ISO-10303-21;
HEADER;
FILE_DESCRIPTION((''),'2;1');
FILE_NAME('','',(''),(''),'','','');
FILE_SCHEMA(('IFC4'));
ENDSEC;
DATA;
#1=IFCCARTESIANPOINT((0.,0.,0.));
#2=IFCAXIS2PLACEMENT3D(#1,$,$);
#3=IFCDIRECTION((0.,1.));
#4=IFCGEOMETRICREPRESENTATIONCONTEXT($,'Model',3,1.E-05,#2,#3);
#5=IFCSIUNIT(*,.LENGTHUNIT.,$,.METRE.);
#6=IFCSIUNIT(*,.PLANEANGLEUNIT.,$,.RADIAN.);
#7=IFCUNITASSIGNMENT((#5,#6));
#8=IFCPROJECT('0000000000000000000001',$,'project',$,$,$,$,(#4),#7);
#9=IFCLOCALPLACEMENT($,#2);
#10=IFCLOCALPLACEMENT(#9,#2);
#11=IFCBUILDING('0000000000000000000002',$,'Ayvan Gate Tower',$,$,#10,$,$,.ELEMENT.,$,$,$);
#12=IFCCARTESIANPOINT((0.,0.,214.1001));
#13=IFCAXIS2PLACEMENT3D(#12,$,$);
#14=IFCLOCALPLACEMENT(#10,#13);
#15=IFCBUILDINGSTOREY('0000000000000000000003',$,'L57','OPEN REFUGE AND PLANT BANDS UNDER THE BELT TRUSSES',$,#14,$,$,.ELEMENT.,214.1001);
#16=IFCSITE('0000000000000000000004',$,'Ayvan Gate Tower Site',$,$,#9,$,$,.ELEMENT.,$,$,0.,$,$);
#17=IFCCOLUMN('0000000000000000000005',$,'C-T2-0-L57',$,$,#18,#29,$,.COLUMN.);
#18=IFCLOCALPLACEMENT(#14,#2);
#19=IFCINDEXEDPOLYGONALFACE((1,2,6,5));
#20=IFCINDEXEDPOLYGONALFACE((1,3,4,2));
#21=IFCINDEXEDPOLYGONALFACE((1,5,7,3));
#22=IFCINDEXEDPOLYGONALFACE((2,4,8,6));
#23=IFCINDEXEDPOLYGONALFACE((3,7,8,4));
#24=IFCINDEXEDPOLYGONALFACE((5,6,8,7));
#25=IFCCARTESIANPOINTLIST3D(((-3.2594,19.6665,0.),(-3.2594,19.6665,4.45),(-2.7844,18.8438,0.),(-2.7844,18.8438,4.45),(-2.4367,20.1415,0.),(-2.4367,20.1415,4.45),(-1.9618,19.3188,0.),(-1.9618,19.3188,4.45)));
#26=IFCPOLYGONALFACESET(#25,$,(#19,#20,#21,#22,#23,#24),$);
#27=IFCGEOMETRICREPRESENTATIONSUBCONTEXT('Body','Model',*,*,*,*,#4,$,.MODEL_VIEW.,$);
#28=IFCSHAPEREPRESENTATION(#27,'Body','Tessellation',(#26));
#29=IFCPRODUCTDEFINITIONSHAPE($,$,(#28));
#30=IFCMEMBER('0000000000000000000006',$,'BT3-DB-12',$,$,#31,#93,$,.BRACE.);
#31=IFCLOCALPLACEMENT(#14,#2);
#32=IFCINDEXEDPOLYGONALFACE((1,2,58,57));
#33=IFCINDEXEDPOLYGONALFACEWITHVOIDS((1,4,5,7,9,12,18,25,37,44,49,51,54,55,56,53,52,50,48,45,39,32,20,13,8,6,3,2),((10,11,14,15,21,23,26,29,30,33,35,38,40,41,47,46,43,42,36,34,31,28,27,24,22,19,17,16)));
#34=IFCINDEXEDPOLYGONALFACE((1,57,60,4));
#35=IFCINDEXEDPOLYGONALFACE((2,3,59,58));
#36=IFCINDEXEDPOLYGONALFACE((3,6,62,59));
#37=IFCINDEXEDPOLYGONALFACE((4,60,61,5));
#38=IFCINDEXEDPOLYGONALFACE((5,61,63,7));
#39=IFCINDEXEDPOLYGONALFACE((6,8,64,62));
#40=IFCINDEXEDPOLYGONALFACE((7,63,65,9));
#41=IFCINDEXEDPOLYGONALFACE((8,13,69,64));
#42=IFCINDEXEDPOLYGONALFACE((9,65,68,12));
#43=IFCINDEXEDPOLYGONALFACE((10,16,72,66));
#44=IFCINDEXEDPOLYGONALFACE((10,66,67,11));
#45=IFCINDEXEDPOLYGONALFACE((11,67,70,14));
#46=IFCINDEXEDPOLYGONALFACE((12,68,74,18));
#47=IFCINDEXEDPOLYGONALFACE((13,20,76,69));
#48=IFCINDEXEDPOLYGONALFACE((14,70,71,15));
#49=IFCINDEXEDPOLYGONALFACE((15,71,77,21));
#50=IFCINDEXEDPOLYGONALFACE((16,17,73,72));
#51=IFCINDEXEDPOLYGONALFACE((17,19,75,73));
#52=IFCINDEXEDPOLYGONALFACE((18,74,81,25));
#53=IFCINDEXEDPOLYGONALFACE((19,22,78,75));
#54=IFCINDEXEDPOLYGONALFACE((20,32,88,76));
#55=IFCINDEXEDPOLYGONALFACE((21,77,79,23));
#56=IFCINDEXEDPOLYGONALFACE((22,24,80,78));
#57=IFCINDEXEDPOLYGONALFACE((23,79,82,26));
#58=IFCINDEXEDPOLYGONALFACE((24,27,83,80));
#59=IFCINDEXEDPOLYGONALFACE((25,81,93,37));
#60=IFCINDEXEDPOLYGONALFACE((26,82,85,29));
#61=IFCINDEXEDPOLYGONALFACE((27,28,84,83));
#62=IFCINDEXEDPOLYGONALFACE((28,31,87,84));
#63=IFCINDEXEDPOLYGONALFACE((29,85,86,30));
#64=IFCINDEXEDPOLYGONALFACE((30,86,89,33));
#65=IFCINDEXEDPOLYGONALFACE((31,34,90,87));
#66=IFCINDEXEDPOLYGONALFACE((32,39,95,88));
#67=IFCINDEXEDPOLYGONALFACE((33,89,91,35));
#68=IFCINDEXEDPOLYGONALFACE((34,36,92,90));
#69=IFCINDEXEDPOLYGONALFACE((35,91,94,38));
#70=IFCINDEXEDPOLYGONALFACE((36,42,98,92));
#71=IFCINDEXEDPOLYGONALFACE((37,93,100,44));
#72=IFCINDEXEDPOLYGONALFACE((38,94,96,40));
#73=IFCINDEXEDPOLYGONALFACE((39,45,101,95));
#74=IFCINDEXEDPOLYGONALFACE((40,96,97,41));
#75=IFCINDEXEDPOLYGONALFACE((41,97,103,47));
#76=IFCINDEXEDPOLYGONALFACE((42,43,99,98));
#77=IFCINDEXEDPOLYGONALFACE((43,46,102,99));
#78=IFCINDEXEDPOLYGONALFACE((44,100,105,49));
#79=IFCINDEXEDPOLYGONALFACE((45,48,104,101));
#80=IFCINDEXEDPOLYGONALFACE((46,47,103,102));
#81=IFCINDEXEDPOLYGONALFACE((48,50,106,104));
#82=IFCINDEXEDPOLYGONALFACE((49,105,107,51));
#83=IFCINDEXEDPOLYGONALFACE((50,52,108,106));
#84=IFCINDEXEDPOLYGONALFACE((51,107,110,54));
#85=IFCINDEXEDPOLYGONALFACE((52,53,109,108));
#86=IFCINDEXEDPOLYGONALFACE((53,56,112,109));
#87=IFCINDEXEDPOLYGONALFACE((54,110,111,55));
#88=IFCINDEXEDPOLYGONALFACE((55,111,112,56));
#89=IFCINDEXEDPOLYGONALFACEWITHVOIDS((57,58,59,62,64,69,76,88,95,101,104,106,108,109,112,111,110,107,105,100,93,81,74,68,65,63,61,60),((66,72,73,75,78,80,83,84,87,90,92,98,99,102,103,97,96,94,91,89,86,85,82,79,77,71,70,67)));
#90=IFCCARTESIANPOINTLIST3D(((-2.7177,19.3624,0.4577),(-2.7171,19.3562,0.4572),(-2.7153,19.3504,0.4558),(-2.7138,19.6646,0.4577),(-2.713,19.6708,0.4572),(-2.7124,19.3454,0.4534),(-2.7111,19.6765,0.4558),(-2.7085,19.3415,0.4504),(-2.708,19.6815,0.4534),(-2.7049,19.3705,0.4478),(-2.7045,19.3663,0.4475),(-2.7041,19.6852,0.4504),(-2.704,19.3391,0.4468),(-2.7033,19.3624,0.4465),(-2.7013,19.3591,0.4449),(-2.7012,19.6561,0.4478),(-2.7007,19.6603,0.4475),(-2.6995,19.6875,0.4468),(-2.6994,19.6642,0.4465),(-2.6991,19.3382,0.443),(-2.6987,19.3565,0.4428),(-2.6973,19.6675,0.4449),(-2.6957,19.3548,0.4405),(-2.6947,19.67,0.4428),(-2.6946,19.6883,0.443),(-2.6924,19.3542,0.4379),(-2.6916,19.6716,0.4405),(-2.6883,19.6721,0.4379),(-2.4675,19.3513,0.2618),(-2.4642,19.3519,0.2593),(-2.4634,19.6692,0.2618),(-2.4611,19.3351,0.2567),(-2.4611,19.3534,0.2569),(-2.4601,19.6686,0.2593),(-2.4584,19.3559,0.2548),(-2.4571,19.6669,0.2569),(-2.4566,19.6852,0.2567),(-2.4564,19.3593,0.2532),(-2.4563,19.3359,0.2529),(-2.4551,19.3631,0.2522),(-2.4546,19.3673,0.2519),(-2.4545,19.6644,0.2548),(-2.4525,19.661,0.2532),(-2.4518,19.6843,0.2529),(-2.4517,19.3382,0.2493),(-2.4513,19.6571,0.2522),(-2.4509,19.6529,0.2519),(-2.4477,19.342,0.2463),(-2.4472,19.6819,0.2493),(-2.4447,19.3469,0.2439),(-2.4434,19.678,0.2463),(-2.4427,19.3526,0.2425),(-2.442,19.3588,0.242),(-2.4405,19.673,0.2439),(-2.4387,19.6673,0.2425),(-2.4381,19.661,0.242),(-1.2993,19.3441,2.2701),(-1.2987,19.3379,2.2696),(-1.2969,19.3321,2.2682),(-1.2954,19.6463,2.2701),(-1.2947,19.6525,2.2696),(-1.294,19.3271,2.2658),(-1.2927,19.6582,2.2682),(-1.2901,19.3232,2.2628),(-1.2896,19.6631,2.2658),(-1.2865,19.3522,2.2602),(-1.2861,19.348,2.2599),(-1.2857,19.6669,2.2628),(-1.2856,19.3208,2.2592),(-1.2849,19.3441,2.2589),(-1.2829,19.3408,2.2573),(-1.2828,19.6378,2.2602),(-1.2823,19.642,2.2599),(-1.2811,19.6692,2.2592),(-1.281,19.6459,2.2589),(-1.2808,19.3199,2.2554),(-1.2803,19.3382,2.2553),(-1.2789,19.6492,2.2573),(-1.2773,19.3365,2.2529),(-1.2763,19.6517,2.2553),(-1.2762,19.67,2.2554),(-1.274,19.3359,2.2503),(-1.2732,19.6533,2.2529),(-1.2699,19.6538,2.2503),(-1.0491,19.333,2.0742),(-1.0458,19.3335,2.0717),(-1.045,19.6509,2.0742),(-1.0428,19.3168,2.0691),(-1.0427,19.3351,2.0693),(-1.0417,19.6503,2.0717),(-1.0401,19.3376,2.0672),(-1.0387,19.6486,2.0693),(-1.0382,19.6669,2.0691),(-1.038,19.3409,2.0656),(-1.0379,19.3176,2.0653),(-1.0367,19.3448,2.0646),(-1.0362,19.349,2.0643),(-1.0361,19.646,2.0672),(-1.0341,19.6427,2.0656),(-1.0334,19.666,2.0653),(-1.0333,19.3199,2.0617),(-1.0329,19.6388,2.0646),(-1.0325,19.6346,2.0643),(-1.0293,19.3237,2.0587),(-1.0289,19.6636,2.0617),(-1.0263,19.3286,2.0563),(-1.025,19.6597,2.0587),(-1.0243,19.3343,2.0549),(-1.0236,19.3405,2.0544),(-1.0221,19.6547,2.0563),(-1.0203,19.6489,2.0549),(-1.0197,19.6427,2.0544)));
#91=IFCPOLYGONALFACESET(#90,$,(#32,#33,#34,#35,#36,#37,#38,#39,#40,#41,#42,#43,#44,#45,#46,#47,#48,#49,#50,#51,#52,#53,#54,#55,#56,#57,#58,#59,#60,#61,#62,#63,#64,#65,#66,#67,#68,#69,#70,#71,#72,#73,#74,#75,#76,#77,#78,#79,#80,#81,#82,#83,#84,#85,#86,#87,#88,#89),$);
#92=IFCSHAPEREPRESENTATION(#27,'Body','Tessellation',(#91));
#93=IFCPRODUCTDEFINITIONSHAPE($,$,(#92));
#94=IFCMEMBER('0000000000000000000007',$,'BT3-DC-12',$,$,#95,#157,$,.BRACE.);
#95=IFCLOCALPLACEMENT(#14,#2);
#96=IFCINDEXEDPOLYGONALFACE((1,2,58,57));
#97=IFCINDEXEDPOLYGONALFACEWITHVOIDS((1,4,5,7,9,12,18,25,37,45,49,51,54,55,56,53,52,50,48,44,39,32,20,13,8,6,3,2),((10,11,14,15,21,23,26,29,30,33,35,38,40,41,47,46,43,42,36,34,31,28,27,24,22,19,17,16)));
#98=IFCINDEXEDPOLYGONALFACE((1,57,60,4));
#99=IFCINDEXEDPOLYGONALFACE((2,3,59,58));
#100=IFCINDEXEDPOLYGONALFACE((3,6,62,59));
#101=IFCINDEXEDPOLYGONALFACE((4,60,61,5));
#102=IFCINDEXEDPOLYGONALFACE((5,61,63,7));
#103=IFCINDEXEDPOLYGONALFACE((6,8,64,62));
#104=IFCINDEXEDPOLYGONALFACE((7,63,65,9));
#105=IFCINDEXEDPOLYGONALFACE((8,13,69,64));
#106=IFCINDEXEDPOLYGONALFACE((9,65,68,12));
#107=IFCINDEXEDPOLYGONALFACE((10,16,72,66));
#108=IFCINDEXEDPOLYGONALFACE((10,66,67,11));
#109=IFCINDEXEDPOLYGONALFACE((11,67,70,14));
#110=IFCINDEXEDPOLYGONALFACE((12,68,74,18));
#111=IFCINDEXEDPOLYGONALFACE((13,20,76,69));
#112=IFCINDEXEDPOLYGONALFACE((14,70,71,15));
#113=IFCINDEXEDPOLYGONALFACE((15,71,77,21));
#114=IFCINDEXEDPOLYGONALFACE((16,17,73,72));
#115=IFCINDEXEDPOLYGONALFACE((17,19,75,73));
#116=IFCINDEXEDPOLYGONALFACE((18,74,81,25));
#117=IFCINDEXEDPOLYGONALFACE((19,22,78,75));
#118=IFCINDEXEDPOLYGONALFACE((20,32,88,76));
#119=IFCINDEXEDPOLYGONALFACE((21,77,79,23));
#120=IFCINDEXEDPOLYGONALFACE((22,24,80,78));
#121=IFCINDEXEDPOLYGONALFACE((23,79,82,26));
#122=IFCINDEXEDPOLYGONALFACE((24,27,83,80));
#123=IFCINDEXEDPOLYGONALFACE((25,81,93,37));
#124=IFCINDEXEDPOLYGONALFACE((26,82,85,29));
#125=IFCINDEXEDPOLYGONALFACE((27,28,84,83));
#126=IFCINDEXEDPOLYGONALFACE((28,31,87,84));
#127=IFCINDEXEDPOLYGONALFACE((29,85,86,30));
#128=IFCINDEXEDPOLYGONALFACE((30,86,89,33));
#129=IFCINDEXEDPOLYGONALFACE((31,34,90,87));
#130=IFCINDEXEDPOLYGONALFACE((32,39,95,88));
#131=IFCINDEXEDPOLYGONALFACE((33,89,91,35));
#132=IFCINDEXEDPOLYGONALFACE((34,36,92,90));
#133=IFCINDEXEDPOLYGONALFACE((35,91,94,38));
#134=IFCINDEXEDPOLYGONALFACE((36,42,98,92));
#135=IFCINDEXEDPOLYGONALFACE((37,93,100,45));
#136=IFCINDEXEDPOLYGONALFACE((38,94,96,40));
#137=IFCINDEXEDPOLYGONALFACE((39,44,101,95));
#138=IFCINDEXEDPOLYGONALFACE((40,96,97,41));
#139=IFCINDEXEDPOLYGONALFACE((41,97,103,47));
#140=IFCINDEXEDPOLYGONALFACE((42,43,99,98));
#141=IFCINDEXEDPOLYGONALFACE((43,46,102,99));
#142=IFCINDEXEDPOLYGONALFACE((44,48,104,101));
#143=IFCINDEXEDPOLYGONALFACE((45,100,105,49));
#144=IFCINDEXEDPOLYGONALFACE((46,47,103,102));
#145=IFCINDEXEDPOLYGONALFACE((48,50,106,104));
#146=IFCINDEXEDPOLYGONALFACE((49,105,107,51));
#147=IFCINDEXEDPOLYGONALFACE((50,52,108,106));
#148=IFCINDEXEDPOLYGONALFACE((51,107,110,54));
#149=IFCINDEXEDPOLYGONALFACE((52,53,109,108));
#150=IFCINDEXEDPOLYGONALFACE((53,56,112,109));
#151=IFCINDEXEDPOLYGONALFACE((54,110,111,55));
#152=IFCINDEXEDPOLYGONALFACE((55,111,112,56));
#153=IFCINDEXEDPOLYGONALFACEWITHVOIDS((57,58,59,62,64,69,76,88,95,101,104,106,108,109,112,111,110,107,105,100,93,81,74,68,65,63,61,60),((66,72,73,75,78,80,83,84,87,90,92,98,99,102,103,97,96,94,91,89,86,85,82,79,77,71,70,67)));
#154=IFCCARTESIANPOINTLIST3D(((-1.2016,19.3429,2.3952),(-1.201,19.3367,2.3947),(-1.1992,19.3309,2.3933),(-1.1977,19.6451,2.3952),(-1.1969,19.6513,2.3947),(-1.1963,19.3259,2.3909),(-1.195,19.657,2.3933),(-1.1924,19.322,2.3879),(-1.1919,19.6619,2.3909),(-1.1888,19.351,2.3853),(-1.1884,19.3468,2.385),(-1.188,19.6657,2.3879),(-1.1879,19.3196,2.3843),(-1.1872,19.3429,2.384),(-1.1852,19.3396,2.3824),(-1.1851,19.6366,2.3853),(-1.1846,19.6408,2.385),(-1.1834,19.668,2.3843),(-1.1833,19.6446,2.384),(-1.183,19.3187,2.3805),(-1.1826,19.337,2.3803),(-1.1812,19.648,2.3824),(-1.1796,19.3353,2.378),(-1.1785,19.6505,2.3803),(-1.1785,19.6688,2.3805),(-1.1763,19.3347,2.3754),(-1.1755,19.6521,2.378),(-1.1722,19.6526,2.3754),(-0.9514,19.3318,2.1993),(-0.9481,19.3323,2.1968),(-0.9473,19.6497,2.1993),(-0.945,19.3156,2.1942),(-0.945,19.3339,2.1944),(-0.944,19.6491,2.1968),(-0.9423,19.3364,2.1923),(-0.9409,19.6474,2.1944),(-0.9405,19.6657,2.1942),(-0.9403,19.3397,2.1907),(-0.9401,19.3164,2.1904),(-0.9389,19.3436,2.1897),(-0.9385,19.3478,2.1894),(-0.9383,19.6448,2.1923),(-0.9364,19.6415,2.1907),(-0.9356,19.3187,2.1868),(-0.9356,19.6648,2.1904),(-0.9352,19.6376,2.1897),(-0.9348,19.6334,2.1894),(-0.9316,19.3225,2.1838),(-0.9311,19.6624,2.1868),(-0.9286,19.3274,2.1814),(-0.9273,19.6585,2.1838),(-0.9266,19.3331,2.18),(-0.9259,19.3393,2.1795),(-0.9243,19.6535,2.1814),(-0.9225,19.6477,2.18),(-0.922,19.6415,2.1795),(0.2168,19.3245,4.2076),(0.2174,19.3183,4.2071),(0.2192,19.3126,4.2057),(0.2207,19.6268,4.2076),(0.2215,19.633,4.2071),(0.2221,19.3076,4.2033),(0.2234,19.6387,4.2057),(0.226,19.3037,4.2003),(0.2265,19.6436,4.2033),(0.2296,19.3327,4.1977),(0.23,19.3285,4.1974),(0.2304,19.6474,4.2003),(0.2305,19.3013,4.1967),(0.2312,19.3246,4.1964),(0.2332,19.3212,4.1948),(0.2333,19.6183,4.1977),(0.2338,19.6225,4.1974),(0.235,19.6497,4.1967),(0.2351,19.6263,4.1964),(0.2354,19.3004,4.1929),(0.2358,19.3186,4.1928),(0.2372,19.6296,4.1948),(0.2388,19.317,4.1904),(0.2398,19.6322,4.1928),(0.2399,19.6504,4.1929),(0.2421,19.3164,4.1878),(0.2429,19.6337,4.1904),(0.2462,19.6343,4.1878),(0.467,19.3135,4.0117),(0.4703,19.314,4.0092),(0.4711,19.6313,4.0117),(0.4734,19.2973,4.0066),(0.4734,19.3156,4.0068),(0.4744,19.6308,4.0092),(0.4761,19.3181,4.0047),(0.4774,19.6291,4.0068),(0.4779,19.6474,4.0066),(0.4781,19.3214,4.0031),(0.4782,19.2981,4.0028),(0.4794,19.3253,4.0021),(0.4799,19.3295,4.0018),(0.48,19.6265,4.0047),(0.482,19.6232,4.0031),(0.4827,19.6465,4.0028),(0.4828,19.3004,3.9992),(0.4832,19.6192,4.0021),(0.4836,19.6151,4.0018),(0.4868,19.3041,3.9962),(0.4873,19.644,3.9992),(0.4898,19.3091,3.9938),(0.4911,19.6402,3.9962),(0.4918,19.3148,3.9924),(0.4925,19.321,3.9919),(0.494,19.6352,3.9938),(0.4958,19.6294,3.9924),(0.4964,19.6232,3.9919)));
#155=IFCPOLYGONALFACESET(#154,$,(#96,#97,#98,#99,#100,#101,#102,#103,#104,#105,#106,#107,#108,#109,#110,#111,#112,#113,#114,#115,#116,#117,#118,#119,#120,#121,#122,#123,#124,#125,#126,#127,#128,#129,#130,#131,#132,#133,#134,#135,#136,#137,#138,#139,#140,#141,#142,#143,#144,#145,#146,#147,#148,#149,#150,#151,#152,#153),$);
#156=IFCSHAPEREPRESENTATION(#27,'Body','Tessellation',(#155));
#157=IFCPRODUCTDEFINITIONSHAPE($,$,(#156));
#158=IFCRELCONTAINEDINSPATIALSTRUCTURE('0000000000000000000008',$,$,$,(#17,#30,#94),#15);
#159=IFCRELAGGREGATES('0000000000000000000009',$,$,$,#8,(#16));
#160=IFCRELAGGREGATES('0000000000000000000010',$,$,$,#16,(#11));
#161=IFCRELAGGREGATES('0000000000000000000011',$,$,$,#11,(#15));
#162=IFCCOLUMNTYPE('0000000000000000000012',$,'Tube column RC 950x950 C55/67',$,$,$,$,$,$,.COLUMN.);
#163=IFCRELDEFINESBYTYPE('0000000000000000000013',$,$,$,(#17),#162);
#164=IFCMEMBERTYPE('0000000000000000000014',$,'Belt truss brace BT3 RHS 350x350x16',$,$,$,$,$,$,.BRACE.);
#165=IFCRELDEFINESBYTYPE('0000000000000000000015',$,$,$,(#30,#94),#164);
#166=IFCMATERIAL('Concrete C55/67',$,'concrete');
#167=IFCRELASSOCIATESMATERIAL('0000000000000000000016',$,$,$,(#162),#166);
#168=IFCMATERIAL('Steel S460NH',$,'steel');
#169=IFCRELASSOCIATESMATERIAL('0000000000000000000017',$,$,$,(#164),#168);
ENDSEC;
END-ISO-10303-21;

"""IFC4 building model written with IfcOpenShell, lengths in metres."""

from ifc_helpers import new_model, si_unit, direction, frame, origin, origin_2d, place, context, subcontext, project, spatial, rectangle, hollow_rectangle, extrude, material, material_profile, profile_set, type_object, element, save


model = new_model("IFC4")

# Units and contexts
model_context = context("Model", 3, precision=1e-05, world=origin(), true_north=direction((0.0, 1.0)))
body_context = subcontext(model_context, "Body", "Model", "MODEL_VIEW")
ifc_project = project(units=[si_unit("LENGTHUNIT", "METRE"), si_unit("PLANEANGLEUNIT", "RADIAN")], contexts=[model_context])

# Site, building, storey
site_placement = place(None, origin())
site = spatial("IfcSite", under=ifc_project, at=site_placement, Name="Ayvan Gate Tower Site", CompositionType="ELEMENT", RefElevation=0.0)
building_placement = place(site_placement, origin())
building = spatial("IfcBuilding", under=site, at=building_placement, Name="Ayvan Gate Tower", CompositionType="ELEMENT")
storey_placement = place(building_placement, frame((0.0, 0.0, 214.1001)))
storey = spatial("IfcBuildingStorey", under=building, at=storey_placement, Name="L57", Description="OPEN REFUGE AND PLANT BANDS UNDER THE BELT TRUSSES", CompositionType="ELEMENT", Elevation=214.1001)

# Column
ifc_material_1 = material(Name="Concrete C55/67", Category="concrete")
ifc_material_profile_1 = material_profile(ifc_material_1, rectangle(XDim=0.95, YDim=0.95, at=origin_2d()), Name="RC 950x950")
ifc_profile_set_1 = profile_set([ifc_material_profile_1], Name="Concrete C55/67")
column_type = type_object("IfcColumnType", Name="Tube column RC 950x950 C55/67", PredefinedType="COLUMN", material=ifc_profile_set_1)
column_placement = place(storey_placement, frame((-2.6106, 19.4927, 0.0), z_axis=(0.0, 0.0, 1.0), x_axis=(-0.5, 0.866025, 0.0)))
element("IfcColumn", 1, at=column_placement, inside=storey, type_object=column_type, Name="C-T2-0-L57", PredefinedType="COLUMN", context=body_context, shape_type="SweptSolid", body=[
    extrude(rectangle(XDim=0.95, YDim=0.95, at=origin_2d()), origin(), (0.0, 0.0, 1.0), 4.45),
])

# Members
ifc_material_2 = material(Name="Steel S460NH", Category="steel")
ifc_material_profile_2 = material_profile(ifc_material_2, hollow_rectangle(XDim=0.3501, YDim=0.3501, WallThickness=0.0161, InnerFilletRadius=0.0161, OuterFilletRadius=0.0239, at=origin_2d()), Name="RHS 350x350x16")
ifc_profile_set_2 = profile_set([ifc_material_profile_2], Name="Steel S460NH")
member_type_1 = type_object("IfcMemberType", Name="Belt truss brace BT3 RHS 350x350x16", PredefinedType="BRACE", material=ifc_profile_set_2)
for number, where, z_axis, x_axis, name in (
    (2, (-2.5779, 19.5117, 0.3499), (0.616283, -0.007955, 0.787485), (0.012908, 0.999917, 0.0), "BT3-DB-12"),
    (3, (-1.0618, 19.4922, 2.2874), (0.616283, -0.007955, 0.787485), (0.012908, 0.999917, 0.0), "BT3-DC-12"),
):
    element("IfcMember", number, at=place(storey_placement, frame(where, z_axis=z_axis, x_axis=x_axis)), inside=storey, type_object=member_type_1, Name=name, PredefinedType="BRACE", context=body_context, shape_type="SweptSolid", body=[
        extrude(hollow_rectangle(XDim=0.3501, YDim=0.3501, WallThickness=0.0161, InnerFilletRadius=0.0161, OuterFilletRadius=0.0239, at=origin_2d()), origin(), (0.0, 0.0, 1.0), 2.3015),
    ])

save(model, "model.ifc")
